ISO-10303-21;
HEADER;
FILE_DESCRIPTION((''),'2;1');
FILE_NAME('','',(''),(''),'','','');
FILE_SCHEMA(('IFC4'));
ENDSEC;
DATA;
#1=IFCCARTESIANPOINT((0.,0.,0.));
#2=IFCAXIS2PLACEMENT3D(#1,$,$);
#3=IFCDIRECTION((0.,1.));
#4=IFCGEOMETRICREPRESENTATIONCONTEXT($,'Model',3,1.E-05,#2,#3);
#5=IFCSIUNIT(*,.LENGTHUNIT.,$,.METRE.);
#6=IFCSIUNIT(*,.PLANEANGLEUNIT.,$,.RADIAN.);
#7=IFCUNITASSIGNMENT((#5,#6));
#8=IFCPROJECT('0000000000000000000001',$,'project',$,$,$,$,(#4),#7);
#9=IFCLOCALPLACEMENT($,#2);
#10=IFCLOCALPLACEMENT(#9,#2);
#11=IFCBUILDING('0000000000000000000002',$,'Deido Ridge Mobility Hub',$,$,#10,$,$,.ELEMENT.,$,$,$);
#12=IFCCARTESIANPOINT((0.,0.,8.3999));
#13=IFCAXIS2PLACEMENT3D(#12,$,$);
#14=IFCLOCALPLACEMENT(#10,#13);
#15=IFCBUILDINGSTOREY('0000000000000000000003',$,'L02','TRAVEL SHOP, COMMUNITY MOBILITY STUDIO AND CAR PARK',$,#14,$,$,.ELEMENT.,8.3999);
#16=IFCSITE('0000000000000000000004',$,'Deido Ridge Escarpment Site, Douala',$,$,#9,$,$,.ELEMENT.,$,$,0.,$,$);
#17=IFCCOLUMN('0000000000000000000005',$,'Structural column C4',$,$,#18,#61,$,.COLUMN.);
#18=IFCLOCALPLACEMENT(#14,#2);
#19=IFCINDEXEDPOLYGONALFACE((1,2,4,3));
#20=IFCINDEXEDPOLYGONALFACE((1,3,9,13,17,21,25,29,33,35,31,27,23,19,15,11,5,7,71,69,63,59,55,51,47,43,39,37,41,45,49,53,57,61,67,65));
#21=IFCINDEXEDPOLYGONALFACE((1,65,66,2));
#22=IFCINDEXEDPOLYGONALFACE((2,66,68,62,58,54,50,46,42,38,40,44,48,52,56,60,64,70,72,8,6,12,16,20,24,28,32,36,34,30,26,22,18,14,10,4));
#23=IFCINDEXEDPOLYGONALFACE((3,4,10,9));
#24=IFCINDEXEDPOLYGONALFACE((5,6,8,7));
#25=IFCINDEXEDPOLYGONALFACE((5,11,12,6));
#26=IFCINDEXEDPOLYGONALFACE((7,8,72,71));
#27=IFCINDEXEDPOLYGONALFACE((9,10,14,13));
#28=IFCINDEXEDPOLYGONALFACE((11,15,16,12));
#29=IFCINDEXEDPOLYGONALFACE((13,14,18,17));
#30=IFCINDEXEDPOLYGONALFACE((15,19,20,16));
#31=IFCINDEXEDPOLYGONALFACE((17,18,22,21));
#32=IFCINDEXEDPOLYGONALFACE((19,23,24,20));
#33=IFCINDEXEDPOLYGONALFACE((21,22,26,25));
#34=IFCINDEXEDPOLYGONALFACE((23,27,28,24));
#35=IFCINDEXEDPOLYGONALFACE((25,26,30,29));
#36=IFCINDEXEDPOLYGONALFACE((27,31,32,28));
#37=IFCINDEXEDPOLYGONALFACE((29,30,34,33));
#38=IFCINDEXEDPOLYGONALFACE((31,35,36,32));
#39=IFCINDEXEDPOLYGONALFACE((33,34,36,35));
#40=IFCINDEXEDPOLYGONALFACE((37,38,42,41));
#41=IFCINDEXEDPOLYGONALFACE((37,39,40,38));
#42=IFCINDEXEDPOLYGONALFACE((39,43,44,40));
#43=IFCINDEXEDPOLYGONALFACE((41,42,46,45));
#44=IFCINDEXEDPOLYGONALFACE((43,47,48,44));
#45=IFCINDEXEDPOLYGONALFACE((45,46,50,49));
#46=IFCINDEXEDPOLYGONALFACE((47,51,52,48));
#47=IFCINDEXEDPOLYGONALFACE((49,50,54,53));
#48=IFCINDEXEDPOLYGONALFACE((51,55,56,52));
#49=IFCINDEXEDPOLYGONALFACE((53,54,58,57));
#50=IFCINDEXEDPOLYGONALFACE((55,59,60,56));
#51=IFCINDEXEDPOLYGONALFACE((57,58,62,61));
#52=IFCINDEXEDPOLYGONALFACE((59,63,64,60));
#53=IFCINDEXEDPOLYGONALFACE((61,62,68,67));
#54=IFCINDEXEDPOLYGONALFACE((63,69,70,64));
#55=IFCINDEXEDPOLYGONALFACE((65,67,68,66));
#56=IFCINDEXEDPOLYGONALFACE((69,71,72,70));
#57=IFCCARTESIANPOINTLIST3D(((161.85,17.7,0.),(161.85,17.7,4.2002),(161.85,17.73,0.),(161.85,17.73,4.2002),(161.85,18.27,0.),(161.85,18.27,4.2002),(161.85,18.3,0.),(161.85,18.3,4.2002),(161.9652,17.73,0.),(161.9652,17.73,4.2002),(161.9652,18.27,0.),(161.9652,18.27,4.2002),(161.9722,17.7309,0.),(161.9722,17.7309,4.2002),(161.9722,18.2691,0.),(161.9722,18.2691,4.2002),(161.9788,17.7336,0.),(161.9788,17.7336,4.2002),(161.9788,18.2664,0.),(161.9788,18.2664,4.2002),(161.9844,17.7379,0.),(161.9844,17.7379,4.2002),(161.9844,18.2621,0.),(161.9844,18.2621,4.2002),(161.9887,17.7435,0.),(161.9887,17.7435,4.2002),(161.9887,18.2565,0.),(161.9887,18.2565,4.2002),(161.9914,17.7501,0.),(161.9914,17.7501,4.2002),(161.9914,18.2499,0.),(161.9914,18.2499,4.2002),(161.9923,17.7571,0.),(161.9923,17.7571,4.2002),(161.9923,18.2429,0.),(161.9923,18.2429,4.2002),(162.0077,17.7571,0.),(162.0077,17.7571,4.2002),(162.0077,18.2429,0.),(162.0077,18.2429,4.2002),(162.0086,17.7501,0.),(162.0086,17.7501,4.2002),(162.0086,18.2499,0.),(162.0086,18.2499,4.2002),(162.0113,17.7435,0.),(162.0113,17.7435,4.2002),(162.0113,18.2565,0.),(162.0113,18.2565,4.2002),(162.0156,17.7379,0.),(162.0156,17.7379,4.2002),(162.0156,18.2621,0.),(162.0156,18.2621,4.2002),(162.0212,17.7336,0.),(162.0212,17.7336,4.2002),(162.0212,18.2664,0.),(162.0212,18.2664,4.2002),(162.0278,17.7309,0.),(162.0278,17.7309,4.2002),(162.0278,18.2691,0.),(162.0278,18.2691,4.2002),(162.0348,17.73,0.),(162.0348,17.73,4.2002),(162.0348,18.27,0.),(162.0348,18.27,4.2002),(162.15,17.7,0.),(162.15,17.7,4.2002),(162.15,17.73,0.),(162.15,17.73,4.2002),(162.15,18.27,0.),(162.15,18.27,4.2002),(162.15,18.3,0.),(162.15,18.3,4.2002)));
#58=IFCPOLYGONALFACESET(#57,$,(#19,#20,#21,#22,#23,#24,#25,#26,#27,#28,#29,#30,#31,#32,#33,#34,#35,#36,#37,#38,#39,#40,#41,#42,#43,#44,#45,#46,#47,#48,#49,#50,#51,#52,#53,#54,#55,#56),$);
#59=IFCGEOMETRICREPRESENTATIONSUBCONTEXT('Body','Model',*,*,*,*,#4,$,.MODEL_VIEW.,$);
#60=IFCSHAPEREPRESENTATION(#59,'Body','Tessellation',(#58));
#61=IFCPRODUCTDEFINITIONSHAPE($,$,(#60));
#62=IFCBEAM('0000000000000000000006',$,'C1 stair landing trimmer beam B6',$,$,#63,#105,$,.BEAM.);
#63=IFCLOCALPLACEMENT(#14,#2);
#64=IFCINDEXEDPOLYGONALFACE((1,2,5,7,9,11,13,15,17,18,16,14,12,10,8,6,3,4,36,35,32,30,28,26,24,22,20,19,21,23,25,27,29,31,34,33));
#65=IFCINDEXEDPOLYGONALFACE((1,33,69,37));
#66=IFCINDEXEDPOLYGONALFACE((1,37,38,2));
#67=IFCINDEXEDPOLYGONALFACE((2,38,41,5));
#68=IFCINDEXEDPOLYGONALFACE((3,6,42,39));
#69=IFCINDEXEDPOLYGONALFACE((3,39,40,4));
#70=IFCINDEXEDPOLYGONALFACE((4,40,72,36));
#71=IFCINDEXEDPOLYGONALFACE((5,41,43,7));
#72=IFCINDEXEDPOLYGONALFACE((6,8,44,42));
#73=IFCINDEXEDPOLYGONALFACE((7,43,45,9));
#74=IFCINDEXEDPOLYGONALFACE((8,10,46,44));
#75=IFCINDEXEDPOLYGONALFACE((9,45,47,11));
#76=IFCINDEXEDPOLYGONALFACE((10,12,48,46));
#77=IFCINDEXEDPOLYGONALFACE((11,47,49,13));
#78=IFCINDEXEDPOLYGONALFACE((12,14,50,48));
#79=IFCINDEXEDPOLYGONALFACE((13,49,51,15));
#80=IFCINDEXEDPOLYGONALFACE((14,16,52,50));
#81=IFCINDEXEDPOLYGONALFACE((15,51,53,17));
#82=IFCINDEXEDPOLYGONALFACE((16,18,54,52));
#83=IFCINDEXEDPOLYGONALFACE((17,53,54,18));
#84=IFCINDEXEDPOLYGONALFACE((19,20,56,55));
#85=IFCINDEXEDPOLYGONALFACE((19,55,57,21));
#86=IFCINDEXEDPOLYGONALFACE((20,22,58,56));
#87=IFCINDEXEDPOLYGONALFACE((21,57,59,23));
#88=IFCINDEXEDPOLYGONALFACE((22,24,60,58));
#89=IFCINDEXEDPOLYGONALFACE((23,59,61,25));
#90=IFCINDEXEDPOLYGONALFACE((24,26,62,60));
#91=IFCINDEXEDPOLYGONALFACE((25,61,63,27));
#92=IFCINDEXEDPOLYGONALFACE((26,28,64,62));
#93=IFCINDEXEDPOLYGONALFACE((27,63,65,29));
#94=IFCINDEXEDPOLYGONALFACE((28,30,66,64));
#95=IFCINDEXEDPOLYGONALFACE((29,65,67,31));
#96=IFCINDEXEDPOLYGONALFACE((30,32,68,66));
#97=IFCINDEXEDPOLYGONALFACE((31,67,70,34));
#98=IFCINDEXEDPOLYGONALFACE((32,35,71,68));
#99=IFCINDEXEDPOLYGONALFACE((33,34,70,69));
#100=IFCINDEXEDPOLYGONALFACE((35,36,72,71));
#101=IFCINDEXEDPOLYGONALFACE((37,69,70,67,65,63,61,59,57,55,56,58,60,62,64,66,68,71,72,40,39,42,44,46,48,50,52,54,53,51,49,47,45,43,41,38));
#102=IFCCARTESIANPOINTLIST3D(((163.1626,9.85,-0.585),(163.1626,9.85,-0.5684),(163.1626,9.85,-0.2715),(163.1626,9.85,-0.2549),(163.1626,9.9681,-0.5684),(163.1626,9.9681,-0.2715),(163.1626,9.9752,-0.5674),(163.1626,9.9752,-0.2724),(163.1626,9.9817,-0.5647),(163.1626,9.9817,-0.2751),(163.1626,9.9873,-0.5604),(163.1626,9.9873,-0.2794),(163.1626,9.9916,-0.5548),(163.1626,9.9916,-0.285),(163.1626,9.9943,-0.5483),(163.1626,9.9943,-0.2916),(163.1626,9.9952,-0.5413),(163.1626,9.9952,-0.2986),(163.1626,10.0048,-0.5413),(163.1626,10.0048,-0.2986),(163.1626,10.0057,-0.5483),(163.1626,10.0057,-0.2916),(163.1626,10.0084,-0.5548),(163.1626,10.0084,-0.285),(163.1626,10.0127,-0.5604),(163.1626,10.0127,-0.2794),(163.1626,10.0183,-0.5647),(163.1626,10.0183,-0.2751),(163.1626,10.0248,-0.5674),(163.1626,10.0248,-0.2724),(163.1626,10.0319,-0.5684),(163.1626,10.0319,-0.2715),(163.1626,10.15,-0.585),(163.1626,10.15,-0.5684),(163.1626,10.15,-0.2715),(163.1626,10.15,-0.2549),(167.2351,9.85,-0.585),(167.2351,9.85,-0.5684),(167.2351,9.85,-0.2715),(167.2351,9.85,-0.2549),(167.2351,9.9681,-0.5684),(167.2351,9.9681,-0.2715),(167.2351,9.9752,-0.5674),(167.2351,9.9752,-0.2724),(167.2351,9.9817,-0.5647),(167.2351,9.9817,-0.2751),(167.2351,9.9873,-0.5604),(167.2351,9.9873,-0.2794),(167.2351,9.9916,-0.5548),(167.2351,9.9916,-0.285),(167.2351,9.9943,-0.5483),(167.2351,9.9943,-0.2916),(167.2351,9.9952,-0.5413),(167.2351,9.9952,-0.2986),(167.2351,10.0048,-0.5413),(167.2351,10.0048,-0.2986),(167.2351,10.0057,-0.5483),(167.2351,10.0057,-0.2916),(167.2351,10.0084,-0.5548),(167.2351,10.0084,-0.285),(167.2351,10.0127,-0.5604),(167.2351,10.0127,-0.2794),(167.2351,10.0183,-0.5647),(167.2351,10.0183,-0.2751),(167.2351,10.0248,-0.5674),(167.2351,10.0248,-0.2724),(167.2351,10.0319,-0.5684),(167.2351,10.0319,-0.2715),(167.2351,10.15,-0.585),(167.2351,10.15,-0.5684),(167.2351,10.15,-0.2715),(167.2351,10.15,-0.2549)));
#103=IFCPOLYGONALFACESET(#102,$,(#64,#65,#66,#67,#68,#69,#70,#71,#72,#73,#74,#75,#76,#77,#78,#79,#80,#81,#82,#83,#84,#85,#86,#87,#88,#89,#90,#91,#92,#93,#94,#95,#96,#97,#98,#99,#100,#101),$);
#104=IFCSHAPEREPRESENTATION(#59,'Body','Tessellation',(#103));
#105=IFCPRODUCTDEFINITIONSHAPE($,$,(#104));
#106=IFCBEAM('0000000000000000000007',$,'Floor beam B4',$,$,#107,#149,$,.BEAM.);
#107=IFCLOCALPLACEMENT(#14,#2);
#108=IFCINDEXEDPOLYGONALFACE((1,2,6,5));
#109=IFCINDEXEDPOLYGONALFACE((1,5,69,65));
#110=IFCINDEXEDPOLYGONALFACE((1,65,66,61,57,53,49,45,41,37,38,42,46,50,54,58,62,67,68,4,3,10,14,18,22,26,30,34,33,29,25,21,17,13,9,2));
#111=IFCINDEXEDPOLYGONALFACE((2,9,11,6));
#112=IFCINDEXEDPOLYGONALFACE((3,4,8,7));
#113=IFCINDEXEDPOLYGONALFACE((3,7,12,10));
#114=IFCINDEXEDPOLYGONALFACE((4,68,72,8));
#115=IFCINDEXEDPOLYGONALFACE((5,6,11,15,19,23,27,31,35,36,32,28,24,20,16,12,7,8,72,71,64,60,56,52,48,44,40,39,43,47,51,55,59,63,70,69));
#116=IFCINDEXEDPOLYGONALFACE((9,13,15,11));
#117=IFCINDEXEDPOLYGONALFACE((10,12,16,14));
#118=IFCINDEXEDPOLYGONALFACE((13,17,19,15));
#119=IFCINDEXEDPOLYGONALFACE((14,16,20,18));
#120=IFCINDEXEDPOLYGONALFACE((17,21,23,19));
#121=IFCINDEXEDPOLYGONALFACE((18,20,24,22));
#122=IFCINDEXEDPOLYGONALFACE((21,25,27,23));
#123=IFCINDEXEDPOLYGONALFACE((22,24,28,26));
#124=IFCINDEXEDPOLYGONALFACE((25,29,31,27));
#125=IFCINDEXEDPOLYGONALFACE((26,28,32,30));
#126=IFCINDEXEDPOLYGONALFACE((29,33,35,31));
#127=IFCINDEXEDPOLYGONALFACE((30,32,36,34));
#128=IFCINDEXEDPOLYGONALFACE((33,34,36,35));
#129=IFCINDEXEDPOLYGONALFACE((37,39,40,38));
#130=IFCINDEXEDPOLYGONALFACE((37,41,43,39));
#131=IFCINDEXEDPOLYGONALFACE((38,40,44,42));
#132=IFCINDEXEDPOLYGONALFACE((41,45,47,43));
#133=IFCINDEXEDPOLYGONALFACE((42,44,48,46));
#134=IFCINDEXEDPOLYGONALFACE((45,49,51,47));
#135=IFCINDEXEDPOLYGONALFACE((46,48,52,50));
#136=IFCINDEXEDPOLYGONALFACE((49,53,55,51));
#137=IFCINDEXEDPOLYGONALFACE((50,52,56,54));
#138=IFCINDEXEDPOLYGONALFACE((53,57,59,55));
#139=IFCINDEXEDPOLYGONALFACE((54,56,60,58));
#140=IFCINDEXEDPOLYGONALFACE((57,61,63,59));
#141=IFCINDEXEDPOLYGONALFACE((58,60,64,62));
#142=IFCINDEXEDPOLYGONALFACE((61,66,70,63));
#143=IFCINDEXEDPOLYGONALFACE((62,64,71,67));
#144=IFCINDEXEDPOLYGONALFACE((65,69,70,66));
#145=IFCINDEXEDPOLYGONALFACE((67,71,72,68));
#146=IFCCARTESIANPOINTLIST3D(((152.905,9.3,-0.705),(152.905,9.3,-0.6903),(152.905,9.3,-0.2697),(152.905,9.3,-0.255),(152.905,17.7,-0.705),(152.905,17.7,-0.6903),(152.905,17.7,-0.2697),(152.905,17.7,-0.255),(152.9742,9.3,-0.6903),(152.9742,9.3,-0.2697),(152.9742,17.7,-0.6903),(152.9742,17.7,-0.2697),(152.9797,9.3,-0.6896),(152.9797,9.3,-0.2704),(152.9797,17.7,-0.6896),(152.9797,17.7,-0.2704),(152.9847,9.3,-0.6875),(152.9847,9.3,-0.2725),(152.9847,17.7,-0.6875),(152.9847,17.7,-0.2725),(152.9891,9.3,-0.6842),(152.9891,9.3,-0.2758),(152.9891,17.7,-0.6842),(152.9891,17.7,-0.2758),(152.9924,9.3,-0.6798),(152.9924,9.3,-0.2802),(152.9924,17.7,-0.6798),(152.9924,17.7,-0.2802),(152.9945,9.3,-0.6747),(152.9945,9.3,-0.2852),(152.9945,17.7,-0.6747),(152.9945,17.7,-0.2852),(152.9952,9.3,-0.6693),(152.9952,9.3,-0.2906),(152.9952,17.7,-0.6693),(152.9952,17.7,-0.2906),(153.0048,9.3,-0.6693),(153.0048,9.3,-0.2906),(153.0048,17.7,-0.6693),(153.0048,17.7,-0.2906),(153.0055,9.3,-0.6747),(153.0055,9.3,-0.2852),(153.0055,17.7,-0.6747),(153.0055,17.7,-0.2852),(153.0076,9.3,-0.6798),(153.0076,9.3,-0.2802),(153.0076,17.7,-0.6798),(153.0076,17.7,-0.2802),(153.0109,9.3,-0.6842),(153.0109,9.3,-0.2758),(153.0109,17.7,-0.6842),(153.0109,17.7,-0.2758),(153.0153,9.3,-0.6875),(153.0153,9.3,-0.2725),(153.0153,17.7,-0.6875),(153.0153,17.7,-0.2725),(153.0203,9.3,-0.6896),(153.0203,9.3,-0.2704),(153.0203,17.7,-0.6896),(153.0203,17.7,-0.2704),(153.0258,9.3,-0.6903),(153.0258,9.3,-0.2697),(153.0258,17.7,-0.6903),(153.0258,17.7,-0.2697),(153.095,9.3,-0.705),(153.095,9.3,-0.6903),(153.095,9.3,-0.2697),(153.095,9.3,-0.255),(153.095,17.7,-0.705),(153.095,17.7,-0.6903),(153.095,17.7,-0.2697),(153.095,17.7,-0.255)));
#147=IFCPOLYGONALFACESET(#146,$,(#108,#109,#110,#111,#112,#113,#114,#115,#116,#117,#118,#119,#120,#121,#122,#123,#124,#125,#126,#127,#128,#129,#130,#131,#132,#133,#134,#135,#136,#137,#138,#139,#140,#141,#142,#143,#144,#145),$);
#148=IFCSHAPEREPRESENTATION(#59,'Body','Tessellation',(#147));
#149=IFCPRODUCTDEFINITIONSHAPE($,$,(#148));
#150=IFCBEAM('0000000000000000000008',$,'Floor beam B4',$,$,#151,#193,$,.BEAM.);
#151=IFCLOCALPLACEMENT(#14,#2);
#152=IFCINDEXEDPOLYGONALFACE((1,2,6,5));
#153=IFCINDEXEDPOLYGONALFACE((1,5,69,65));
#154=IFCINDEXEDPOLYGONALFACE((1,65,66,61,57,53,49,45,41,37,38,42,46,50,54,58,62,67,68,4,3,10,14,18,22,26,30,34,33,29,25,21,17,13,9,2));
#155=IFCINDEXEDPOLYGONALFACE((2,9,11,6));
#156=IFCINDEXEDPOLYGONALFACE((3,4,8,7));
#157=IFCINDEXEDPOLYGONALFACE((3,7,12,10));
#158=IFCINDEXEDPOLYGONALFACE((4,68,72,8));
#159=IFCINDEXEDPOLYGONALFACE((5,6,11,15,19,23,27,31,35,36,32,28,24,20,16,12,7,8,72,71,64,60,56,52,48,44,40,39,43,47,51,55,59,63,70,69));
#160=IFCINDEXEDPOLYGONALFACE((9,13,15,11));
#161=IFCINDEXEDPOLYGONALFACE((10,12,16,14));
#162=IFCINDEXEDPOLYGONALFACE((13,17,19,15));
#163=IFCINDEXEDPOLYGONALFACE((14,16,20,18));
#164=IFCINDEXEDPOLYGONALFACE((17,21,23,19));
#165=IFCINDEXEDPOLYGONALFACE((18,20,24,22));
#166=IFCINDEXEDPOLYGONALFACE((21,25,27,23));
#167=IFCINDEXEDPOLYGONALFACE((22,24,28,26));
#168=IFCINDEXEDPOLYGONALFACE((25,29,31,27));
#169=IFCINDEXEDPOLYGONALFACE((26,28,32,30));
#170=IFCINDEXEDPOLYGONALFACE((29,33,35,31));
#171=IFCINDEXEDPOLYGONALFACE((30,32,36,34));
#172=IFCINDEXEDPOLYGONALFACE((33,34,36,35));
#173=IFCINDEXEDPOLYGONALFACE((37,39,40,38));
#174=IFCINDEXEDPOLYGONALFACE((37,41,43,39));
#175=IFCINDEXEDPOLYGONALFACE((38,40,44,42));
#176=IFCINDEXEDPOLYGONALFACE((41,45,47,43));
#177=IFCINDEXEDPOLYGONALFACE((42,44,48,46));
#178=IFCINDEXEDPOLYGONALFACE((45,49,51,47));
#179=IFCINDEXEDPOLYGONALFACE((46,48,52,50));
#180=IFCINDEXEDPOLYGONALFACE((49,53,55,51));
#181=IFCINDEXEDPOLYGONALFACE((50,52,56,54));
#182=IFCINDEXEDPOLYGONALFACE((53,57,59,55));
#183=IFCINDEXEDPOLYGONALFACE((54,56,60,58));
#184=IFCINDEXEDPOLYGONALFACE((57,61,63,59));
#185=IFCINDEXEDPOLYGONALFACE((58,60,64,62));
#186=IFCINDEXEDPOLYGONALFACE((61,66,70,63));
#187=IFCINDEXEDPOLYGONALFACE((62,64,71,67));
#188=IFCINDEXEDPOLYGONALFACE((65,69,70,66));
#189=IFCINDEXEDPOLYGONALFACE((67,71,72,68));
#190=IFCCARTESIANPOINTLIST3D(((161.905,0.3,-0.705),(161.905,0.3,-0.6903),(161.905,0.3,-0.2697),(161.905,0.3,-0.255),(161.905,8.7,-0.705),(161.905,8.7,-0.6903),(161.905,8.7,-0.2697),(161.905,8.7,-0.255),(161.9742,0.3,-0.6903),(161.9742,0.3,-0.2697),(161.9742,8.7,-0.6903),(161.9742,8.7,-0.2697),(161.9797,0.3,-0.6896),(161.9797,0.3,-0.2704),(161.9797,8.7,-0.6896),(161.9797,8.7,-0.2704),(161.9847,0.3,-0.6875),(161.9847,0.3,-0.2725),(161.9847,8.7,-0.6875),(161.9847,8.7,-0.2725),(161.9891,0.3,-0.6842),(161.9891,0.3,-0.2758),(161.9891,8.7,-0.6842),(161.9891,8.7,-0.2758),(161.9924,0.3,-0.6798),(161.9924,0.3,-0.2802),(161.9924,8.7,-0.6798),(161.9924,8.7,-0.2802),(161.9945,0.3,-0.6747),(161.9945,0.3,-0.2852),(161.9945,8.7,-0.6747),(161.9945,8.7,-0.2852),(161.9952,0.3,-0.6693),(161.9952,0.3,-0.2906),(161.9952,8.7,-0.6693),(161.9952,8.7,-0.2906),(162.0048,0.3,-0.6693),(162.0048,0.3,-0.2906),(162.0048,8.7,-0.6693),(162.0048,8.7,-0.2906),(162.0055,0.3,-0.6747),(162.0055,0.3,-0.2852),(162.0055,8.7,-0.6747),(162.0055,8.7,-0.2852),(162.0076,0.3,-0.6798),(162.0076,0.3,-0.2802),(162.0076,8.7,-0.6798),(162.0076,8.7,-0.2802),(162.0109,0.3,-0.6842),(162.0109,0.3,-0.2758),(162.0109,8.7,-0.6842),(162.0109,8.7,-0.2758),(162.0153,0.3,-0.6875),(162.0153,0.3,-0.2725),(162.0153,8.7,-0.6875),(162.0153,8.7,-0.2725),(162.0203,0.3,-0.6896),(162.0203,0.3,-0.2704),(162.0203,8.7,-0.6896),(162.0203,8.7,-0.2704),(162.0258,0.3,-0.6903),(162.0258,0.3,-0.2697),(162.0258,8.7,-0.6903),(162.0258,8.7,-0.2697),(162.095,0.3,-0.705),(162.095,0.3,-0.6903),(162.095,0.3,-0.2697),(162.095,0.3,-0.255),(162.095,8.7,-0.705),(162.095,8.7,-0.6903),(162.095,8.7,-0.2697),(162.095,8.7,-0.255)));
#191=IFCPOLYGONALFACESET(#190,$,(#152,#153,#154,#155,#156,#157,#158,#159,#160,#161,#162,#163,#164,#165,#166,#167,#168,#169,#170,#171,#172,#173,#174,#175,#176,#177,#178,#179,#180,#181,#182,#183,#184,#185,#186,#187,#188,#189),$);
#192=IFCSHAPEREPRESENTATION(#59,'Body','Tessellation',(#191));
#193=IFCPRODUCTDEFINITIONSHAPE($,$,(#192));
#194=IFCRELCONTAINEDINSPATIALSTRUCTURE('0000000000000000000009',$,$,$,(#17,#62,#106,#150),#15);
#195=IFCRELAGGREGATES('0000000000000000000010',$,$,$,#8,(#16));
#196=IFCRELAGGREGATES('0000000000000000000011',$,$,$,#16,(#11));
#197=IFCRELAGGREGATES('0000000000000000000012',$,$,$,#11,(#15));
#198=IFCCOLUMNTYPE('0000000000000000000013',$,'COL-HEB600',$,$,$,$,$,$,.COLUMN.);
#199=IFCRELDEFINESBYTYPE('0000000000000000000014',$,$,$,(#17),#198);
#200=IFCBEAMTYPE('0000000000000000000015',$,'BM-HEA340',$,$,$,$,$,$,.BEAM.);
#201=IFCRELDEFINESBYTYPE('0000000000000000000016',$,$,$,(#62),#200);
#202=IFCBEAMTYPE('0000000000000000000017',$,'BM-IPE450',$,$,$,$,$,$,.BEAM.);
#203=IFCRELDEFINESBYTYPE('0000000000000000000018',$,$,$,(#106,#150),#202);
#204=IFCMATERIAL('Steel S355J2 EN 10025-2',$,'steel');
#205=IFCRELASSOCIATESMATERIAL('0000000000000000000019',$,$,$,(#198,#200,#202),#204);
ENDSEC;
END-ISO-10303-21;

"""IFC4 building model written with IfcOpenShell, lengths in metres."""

from ifc_helpers import new_model, si_unit, direction, frame, origin, origin_2d, place, context, subcontext, project, spatial, i_section, extrude, material, material_profile, profile_set, type_object, element, save


model = new_model("IFC4")

# Units and contexts
model_context = context("Model", 3, precision=1e-05, world=origin(), true_north=direction((0.0, 1.0)))
body_context = subcontext(model_context, "Body", "Model", "MODEL_VIEW")
ifc_project = project(units=[si_unit("LENGTHUNIT", "METRE"), si_unit("PLANEANGLEUNIT", "RADIAN")], contexts=[model_context])

# Site, building, storey
site_placement = place(None, origin())
site = spatial("IfcSite", under=ifc_project, at=site_placement, Name="Deido Ridge Escarpment Site, Douala", CompositionType="ELEMENT", RefElevation=0.0)
building_placement = place(site_placement, origin())
building = spatial("IfcBuilding", under=site, at=building_placement, Name="Deido Ridge Mobility Hub", CompositionType="ELEMENT")
storey_placement = place(building_placement, frame((0.0, 0.0, 8.3999)))
storey = spatial("IfcBuildingStorey", under=building, at=storey_placement, Name="L02", Description="TRAVEL SHOP, COMMUNITY MOBILITY STUDIO AND CAR PARK", CompositionType="ELEMENT", Elevation=8.3999)

# Column
ifc_material_1 = material(Name="Steel S355J2 EN 10025-2", Category="steel")
ifc_material_profile_1 = material_profile(ifc_material_1, i_section(OverallWidth=0.3, OverallDepth=0.6001, WebThickness=0.0154, FlangeThickness=0.03, FilletRadius=0.0271, at=origin_2d()), Name="HEB 600")
ifc_profile_set_1 = profile_set([ifc_material_profile_1], Name="Steel S355J2 EN 10025-2")
column_type = type_object("IfcColumnType", Name="COL-HEB600", PredefinedType="COLUMN", material=ifc_profile_set_1)
for number, where, z_axis, x_axis, name in (
    (1, (162.0, 18.0, 0.0), (0.0, 0.0, 1.0), (1.0, 0.0, 0.0), "Structural column C4"),
):
    element("IfcColumn", number, at=place(storey_placement, frame(where, z_axis=z_axis, x_axis=x_axis)), inside=storey, type_object=column_type, Name=name, PredefinedType="COLUMN", context=body_context, shape_type="SweptSolid", body=[
        extrude(i_section(OverallWidth=0.3, OverallDepth=0.6001, WebThickness=0.0154, FlangeThickness=0.03, FilletRadius=0.0271, at=origin_2d()), origin(), (0.0, 0.0, 1.0), 4.2002),
    ])

# Beams
ifc_material_profile_2 = material_profile(ifc_material_1, i_section(OverallWidth=0.3, OverallDepth=0.3301, WebThickness=0.0095, FlangeThickness=0.0166, FilletRadius=0.0271, at=origin_2d()), Name="HEA 340")
ifc_profile_set_2 = profile_set([ifc_material_profile_2], Name="Steel S355J2 EN 10025-2")
beam_type_1 = type_object("IfcBeamType", Name="BM-HEA340", PredefinedType="BEAM", material=ifc_profile_set_2)
beam_1_placement = place(storey_placement, frame((163.1626, 10.0, -0.4199), z_axis=(1.0, 0.0, 0.0), x_axis=(0.0, 1.0, 0.0)))
element("IfcBeam", 2, at=beam_1_placement, inside=storey, type_object=beam_type_1, Name="C1 stair landing trimmer beam B6", PredefinedType="BEAM", context=body_context, shape_type="SweptSolid", body=[
    extrude(i_section(OverallWidth=0.3, OverallDepth=0.3301, WebThickness=0.0095, FlangeThickness=0.0166, FilletRadius=0.0271, at=origin_2d()), origin(), (0.0, 0.0, 1.0), 4.0725),
])
ifc_material_profile_3 = material_profile(ifc_material_1, i_section(OverallWidth=0.1899, OverallDepth=0.45, WebThickness=0.0095, FlangeThickness=0.0146, FilletRadius=0.021, at=origin_2d()), Name="IPE 450")
ifc_profile_set_3 = profile_set([ifc_material_profile_3], Name="Steel S355J2 EN 10025-2")
beam_type_2 = type_object("IfcBeamType", Name="BM-IPE450", PredefinedType="BEAM", material=ifc_profile_set_3)
for number, where, z_axis, x_axis, name in (
    (3, (153.0, 9.3, -0.48), (0.0, 1.0, 0.0), (-1.0, 0.0, 0.0), "Floor beam B4"),
    (4, (162.0, 0.3, -0.48), (0.0, 1.0, 0.0), (-1.0, 0.0, 0.0), "Floor beam B4"),
):
    element("IfcBeam", number, at=place(storey_placement, frame(where, z_axis=z_axis, x_axis=x_axis)), inside=storey, type_object=beam_type_2, Name=name, PredefinedType="BEAM", context=body_context, shape_type="SweptSolid", body=[
        extrude(i_section(OverallWidth=0.1899, OverallDepth=0.45, WebThickness=0.0095, FlangeThickness=0.0146, FilletRadius=0.021, at=origin_2d()), origin(), (0.0, 0.0, 1.0), 8.3999),
    ])

save(model, "model.ifc")
